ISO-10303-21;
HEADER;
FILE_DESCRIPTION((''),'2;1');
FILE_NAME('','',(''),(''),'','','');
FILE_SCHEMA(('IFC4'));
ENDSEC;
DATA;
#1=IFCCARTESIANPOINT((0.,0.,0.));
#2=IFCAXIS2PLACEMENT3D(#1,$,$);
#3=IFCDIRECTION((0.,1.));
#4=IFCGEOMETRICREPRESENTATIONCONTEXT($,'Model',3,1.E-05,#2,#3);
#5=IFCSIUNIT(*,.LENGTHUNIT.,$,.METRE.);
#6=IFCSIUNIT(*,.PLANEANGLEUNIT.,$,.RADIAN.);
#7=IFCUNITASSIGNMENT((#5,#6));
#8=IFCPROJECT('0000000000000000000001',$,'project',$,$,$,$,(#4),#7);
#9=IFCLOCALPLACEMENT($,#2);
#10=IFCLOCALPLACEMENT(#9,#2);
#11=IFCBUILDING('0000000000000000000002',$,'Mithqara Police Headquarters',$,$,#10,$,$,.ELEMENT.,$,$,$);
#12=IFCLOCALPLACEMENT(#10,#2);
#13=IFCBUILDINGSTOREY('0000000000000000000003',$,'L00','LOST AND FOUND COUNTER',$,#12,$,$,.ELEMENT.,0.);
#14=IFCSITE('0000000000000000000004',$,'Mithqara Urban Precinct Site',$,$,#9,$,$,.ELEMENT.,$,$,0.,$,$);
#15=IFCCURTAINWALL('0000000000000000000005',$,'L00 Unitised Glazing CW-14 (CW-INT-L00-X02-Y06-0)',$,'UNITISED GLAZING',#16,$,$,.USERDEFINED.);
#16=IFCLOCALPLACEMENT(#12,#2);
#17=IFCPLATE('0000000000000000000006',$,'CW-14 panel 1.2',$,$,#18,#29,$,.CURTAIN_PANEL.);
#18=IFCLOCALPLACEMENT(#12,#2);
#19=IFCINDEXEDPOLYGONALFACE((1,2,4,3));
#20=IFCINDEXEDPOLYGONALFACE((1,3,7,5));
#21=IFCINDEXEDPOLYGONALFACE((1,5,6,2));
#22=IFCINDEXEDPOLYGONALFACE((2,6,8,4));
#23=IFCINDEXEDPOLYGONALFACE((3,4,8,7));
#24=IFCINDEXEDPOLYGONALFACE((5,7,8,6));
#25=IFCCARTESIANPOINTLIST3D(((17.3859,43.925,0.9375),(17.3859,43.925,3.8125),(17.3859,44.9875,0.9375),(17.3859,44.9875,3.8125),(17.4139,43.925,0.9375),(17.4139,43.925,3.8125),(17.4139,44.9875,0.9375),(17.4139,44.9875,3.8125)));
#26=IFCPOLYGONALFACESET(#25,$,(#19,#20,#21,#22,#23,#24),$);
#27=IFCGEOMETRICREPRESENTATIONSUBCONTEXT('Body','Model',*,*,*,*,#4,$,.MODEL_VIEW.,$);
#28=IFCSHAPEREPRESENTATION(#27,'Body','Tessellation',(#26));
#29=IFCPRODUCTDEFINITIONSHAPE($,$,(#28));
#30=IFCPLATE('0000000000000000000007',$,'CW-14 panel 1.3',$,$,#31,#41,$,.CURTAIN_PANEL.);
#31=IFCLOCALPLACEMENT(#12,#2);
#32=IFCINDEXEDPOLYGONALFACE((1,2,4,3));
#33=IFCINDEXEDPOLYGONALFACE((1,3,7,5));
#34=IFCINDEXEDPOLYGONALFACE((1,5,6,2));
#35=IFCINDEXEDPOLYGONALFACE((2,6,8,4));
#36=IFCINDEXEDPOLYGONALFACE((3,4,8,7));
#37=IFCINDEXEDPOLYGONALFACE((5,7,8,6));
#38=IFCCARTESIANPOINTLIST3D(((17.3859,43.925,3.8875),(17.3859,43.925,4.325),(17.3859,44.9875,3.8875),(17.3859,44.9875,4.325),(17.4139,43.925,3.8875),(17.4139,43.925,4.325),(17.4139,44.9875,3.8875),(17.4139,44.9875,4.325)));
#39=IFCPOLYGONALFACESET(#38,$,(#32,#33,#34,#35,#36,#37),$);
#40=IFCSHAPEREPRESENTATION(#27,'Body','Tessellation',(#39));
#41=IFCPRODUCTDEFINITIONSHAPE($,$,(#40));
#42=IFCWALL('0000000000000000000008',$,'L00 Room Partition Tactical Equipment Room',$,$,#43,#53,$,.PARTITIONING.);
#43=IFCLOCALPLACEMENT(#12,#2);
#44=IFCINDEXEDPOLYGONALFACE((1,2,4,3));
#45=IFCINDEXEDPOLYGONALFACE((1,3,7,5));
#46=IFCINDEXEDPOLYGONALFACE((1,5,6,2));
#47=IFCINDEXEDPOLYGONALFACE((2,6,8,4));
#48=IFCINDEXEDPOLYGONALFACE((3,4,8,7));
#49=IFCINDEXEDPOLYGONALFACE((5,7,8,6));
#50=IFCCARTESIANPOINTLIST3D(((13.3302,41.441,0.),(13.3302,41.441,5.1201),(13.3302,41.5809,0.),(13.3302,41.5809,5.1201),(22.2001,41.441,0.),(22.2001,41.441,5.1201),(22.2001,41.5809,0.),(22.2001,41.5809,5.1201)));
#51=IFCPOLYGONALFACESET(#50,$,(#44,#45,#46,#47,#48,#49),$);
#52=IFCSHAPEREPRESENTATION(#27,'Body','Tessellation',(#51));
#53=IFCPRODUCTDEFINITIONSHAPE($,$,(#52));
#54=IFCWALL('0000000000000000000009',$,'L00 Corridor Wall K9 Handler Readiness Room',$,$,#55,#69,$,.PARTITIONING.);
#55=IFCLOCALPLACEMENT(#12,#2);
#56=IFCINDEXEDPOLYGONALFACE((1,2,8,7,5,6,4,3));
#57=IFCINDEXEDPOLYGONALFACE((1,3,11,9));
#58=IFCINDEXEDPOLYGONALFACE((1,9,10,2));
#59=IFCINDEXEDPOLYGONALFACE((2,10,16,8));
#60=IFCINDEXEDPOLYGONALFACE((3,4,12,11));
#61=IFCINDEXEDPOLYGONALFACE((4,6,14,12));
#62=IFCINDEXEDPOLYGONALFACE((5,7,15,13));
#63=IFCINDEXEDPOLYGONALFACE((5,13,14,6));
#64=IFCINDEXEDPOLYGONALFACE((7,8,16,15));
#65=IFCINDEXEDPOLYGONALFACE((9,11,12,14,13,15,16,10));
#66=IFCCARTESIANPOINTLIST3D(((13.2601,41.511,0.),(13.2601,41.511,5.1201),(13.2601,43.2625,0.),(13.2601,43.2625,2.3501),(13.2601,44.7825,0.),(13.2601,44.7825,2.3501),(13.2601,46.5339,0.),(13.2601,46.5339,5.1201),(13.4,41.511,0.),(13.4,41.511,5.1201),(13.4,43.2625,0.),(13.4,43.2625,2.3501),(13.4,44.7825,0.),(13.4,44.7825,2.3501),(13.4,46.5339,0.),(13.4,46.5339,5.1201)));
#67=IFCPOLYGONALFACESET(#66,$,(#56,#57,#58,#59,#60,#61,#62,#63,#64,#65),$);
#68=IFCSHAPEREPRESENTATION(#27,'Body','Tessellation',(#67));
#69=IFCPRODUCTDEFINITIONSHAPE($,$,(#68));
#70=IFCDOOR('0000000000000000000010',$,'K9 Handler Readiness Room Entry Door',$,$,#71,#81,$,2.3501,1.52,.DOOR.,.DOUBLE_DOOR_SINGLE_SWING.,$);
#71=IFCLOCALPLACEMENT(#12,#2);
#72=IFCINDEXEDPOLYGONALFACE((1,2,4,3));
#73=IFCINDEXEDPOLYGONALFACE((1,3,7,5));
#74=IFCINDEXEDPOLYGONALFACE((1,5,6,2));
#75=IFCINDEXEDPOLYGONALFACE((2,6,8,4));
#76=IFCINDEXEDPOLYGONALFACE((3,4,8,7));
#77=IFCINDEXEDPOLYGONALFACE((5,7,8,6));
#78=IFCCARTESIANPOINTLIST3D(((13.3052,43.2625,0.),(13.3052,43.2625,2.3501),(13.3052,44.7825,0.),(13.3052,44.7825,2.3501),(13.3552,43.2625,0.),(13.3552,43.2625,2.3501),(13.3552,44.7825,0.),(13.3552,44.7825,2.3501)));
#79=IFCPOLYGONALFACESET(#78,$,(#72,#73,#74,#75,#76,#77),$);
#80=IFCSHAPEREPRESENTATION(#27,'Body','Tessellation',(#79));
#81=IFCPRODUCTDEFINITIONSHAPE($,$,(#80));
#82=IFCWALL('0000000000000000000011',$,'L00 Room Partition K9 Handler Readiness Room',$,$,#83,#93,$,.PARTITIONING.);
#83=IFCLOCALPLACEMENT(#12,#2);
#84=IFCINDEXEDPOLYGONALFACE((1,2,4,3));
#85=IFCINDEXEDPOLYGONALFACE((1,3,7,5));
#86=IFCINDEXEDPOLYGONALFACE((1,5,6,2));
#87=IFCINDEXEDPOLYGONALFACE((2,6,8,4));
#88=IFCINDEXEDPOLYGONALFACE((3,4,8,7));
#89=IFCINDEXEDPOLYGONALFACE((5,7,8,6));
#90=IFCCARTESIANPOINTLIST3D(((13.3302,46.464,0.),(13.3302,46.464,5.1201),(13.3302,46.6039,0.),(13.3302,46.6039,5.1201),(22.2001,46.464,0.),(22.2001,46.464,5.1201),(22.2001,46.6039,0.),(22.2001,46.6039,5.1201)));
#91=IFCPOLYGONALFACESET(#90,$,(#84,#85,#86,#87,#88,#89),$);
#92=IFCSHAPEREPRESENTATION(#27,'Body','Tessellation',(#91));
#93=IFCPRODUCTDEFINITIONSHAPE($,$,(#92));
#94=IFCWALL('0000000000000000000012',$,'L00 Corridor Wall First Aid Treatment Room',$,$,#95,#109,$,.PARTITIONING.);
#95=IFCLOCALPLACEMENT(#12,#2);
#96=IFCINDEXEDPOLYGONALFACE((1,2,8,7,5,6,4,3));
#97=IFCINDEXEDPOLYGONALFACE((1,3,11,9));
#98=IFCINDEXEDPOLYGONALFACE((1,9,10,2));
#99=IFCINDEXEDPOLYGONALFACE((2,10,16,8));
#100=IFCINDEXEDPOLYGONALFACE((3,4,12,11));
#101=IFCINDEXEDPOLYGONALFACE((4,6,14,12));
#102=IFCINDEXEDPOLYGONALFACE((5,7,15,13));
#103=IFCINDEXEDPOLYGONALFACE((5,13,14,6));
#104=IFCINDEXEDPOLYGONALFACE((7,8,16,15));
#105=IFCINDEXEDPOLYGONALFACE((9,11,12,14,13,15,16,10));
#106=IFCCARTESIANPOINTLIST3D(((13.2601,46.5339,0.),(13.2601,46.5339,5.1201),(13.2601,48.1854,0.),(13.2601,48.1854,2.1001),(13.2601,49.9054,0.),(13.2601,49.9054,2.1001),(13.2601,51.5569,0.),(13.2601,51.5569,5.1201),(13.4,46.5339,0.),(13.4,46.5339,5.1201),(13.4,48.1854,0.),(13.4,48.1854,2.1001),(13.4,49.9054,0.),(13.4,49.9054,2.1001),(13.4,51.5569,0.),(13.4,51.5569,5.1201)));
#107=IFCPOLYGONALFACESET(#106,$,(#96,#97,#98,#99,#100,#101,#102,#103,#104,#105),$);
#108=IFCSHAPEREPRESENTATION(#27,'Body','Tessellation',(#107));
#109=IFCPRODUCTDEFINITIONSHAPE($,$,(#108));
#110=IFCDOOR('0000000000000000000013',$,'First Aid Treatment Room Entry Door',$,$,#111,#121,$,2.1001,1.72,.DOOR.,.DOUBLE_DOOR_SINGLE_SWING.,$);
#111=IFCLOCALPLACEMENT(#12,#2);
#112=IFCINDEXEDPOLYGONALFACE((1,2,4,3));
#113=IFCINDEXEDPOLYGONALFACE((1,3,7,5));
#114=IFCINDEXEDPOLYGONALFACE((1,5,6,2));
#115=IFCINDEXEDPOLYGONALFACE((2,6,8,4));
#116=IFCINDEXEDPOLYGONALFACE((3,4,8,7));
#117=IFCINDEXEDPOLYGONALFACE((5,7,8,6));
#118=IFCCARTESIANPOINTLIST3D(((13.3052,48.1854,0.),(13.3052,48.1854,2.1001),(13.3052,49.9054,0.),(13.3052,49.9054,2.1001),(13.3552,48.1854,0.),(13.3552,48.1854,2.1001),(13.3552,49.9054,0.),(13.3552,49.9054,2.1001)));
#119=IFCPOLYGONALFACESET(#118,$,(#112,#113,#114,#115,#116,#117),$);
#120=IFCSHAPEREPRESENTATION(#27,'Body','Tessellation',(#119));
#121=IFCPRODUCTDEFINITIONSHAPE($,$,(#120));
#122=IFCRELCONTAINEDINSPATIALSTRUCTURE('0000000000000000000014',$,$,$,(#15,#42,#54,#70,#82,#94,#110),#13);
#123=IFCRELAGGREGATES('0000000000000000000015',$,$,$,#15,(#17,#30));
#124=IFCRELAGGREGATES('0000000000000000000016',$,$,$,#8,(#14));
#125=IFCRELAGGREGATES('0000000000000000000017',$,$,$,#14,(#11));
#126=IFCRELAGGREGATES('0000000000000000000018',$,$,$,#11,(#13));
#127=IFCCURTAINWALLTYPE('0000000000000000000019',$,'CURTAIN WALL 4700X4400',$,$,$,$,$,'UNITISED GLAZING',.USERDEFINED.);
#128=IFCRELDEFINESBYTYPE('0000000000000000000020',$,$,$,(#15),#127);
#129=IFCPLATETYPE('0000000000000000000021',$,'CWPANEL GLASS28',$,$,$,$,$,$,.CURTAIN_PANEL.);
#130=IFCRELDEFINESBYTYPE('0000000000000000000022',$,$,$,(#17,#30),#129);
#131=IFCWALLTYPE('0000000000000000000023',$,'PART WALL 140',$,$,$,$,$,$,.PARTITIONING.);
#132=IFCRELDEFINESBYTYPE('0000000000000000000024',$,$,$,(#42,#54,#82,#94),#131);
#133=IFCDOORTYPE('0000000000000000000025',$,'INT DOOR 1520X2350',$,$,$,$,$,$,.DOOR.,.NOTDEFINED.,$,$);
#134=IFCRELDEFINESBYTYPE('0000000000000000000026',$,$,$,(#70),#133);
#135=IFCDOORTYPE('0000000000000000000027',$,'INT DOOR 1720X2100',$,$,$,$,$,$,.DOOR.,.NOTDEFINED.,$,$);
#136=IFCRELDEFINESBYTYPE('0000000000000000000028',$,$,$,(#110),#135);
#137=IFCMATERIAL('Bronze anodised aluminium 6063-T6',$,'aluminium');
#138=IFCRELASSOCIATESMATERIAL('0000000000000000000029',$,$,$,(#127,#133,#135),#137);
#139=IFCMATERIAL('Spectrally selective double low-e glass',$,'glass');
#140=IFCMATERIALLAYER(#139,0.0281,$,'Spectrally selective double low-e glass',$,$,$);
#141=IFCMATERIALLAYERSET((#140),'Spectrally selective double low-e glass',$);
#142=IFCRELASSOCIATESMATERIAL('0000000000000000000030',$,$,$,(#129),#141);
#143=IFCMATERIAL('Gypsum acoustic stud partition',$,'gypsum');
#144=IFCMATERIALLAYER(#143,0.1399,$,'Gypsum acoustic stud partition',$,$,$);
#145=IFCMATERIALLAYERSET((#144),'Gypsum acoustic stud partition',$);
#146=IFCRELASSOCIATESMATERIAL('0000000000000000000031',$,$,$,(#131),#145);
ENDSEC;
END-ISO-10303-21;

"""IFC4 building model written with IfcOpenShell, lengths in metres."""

from ifc_helpers import new_model, si_unit, direction, frame, frame_2d, origin, origin_2d, place, context, subcontext, project, spatial, rectangle, extrude, material, layer, layer_set, type_object, element, fill, aggregate, save


model = new_model("IFC4")

# Units and contexts
model_context = context("Model", 3, precision=1e-05, world=origin(), true_north=direction((0.0, 1.0)))
body_context = subcontext(model_context, "Body", "Model", "MODEL_VIEW")
ifc_project = project(units=[si_unit("LENGTHUNIT", "METRE"), si_unit("PLANEANGLEUNIT", "RADIAN")], contexts=[model_context])

# Site, building, storey
site_placement = place(None, origin())
site = spatial("IfcSite", under=ifc_project, at=site_placement, Name="Mithqara Urban Precinct Site", CompositionType="ELEMENT", RefElevation=0.0)
building_placement = place(site_placement, origin())
building = spatial("IfcBuilding", under=site, at=building_placement, Name="Mithqara Police Headquarters", CompositionType="ELEMENT")
storey_placement = place(building_placement, origin())
storey = spatial("IfcBuildingStorey", under=building, at=storey_placement, Name="L00", Description="LOST AND FOUND COUNTER", CompositionType="ELEMENT", Elevation=0.0)

# Curtain wall
ifc_material_1 = material(Name="Bronze anodised aluminium 6063-T6", Category="aluminium")
curtain_wall_type = type_object("IfcCurtainWallType", Name="CURTAIN WALL 4700X4400", ElementType="UNITISED GLAZING", PredefinedType="USERDEFINED", material=ifc_material_1)
curtain_wall_1_placement = place(storey_placement, origin())
curtain_wall_1 = element("IfcCurtainWall", 1, at=curtain_wall_1_placement, inside=storey, type_object=curtain_wall_type, Name="L00 Unitised Glazing CW-14 (CW-INT-L00-X02-Y06-0)", ObjectType="UNITISED GLAZING", PredefinedType="USERDEFINED")

# Plates
ifc_material_2 = material(Name="Spectrally selective double low-e glass", Category="glass")
ifc_layer_1 = layer(ifc_material_2, 0.0281, Name="Spectrally selective double low-e glass")
ifc_layer_set_1 = layer_set([ifc_layer_1], Name="Spectrally selective double low-e glass")
plate_type = type_object("IfcPlateType", Name="CWPANEL GLASS28", PredefinedType="CURTAIN_PANEL", material=ifc_layer_set_1)
plate_1_placement = place(storey_placement, frame((17.3999, 44.4563, 0.9375), z_axis=(0.0, 0.0, 1.0), x_axis=(0.0, 1.0, 0.0)))
plate_1 = element("IfcPlate", 2, at=plate_1_placement, type_object=plate_type, Name="CW-14 panel 1.2", PredefinedType="CURTAIN_PANEL", context=body_context, shape_type="SweptSolid", body=[
    extrude(rectangle(XDim=1.0625, YDim=0.0281, at=origin_2d()), origin(), (0.0, 0.0, 1.0), 2.875),
])
plate_2_placement = place(storey_placement, frame((17.3999, 44.4563, 3.8875), z_axis=(0.0, 0.0, 1.0), x_axis=(0.0, 1.0, 0.0)))
plate_2 = element("IfcPlate", 3, at=plate_2_placement, type_object=plate_type, Name="CW-14 panel 1.3", PredefinedType="CURTAIN_PANEL", context=body_context, shape_type="SweptSolid", body=[
    extrude(rectangle(XDim=1.0625, YDim=0.0281, at=origin_2d()), origin(), (0.0, 0.0, 1.0), 0.4375),
])
aggregate(curtain_wall_1, [plate_1, plate_2])

# Wall
ifc_material_3 = material(Name="Gypsum acoustic stud partition", Category="gypsum")
ifc_layer_2 = layer(ifc_material_3, 0.1399, Name="Gypsum acoustic stud partition")
ifc_layer_set_2 = layer_set([ifc_layer_2], Name="Gypsum acoustic stud partition")
wall_type = type_object("IfcWallType", Name="PART WALL 140", PredefinedType="PARTITIONING", material=ifc_layer_set_2)
wall_1_placement = place(storey_placement, frame((13.3301, 41.511, 0.0), z_axis=(0.0, 0.0, 1.0), x_axis=(1.0, 0.0, 0.0)))
element("IfcWall", 4, at=wall_1_placement, inside=storey, type_object=wall_type, Name="L00 Room Partition Tactical Equipment Room", PredefinedType="PARTITIONING", context=body_context, shape_type="SweptSolid", body=[
    extrude(rectangle(XDim=8.8699, YDim=0.1399, at=frame_2d((4.4351, 0.0))), origin(), (0.0, 0.0, 1.0), 5.1201),
])

# Wall, opening, door
wall_2_placement = place(storey_placement, frame((13.3301, 41.511, 0.0), z_axis=(0.0, 0.0, 1.0), x_axis=(0.0, 1.0, 0.0)))
wall_2 = element("IfcWall", 5, at=wall_2_placement, inside=storey, type_object=wall_type, Name="L00 Corridor Wall K9 Handler Readiness Room", PredefinedType="PARTITIONING", context=body_context, shape_type="SweptSolid", body=[
    extrude(rectangle(XDim=5.0229, YDim=0.1399, at=frame_2d((2.5115, 0.0))), origin(), (0.0, 0.0, 1.0), 5.1201),
])
opening_1_placement = place(wall_2_placement, frame((1.7515, 0.0, 0.0)))
opening_1 = element("IfcOpeningElement", 6, at=opening_1_placement, cuts=wall_2, PredefinedType="OPENING", context=body_context, shape_type="SweptSolid", body=[
    extrude(rectangle(XDim=1.52, YDim=2.3501, at=frame_2d((0.76, 1.175))), frame((0.0, 0.0801, 0.0), z_axis=(0.0, -1.0, 0.0), x_axis=(1.0, 0.0, 0.0)), (0.0, 0.0, 1.0), 0.1599),
])
door_type_1 = type_object("IfcDoorType", Name="INT DOOR 1520X2350", OperationType="NOTDEFINED", PredefinedType="DOOR", material=ifc_material_1)
door_1_placement = place(opening_1_placement, origin())
door_1 = element("IfcDoor", 7, at=door_1_placement, inside=storey, type_object=door_type_1, Name="K9 Handler Readiness Room Entry Door", OperationType="DOUBLE_DOOR_SINGLE_SWING", OverallHeight=2.3501, OverallWidth=1.52, PredefinedType="DOOR", context=body_context, shape_type="SweptSolid", body=[
    extrude(rectangle(XDim=1.52, YDim=2.3501, at=frame_2d((0.76, 1.175))), frame((0.0, 0.0249, 0.0), z_axis=(0.0, -1.0, 0.0), x_axis=(1.0, 0.0, 0.0)), (0.0, 0.0, 1.0), 0.05),
])
fill(opening_1, door_1)

# Wall
wall_3_placement = place(storey_placement, frame((13.3301, 46.5339, 0.0), z_axis=(0.0, 0.0, 1.0), x_axis=(1.0, 0.0, 0.0)))
element("IfcWall", 8, at=wall_3_placement, inside=storey, type_object=wall_type, Name="L00 Room Partition K9 Handler Readiness Room", PredefinedType="PARTITIONING", context=body_context, shape_type="SweptSolid", body=[
    extrude(rectangle(XDim=8.8699, YDim=0.1399, at=frame_2d((4.4351, 0.0))), origin(), (0.0, 0.0, 1.0), 5.1201),
])

# Wall, opening, door
wall_4_placement = place(storey_placement, frame((13.3301, 46.5339, 0.0), z_axis=(0.0, 0.0, 1.0), x_axis=(0.0, 1.0, 0.0)))
wall_4 = element("IfcWall", 9, at=wall_4_placement, inside=storey, type_object=wall_type, Name="L00 Corridor Wall First Aid Treatment Room", PredefinedType="PARTITIONING", context=body_context, shape_type="SweptSolid", body=[
    extrude(rectangle(XDim=5.0229, YDim=0.1399, at=frame_2d((2.5115, 0.0))), origin(), (0.0, 0.0, 1.0), 5.1201),
])
opening_2_placement = place(wall_4_placement, frame((1.6516, 0.0, 0.0)))
opening_2 = element("IfcOpeningElement", 10, at=opening_2_placement, cuts=wall_4, PredefinedType="OPENING", context=body_context, shape_type="SweptSolid", body=[
    extrude(rectangle(XDim=1.72, YDim=2.1001, at=frame_2d((0.8599, 1.05))), frame((0.0, 0.0801, 0.0), z_axis=(0.0, -1.0, 0.0), x_axis=(1.0, 0.0, 0.0)), (0.0, 0.0, 1.0), 0.1599),
])
door_type_2 = type_object("IfcDoorType", Name="INT DOOR 1720X2100", OperationType="NOTDEFINED", PredefinedType="DOOR", material=ifc_material_1)
door_2_placement = place(opening_2_placement, origin())
door_2 = element("IfcDoor", 11, at=door_2_placement, inside=storey, type_object=door_type_2, Name="First Aid Treatment Room Entry Door", OperationType="DOUBLE_DOOR_SINGLE_SWING", OverallHeight=2.1001, OverallWidth=1.72, PredefinedType="DOOR", context=body_context, shape_type="SweptSolid", body=[
    extrude(rectangle(XDim=1.72, YDim=2.1001, at=frame_2d((0.8599, 1.05))), frame((0.0, 0.0249, 0.0), z_axis=(0.0, -1.0, 0.0), x_axis=(1.0, 0.0, 0.0)), (0.0, 0.0, 1.0), 0.05),
])
fill(opening_2, door_2)

save(model, "model.ifc")
